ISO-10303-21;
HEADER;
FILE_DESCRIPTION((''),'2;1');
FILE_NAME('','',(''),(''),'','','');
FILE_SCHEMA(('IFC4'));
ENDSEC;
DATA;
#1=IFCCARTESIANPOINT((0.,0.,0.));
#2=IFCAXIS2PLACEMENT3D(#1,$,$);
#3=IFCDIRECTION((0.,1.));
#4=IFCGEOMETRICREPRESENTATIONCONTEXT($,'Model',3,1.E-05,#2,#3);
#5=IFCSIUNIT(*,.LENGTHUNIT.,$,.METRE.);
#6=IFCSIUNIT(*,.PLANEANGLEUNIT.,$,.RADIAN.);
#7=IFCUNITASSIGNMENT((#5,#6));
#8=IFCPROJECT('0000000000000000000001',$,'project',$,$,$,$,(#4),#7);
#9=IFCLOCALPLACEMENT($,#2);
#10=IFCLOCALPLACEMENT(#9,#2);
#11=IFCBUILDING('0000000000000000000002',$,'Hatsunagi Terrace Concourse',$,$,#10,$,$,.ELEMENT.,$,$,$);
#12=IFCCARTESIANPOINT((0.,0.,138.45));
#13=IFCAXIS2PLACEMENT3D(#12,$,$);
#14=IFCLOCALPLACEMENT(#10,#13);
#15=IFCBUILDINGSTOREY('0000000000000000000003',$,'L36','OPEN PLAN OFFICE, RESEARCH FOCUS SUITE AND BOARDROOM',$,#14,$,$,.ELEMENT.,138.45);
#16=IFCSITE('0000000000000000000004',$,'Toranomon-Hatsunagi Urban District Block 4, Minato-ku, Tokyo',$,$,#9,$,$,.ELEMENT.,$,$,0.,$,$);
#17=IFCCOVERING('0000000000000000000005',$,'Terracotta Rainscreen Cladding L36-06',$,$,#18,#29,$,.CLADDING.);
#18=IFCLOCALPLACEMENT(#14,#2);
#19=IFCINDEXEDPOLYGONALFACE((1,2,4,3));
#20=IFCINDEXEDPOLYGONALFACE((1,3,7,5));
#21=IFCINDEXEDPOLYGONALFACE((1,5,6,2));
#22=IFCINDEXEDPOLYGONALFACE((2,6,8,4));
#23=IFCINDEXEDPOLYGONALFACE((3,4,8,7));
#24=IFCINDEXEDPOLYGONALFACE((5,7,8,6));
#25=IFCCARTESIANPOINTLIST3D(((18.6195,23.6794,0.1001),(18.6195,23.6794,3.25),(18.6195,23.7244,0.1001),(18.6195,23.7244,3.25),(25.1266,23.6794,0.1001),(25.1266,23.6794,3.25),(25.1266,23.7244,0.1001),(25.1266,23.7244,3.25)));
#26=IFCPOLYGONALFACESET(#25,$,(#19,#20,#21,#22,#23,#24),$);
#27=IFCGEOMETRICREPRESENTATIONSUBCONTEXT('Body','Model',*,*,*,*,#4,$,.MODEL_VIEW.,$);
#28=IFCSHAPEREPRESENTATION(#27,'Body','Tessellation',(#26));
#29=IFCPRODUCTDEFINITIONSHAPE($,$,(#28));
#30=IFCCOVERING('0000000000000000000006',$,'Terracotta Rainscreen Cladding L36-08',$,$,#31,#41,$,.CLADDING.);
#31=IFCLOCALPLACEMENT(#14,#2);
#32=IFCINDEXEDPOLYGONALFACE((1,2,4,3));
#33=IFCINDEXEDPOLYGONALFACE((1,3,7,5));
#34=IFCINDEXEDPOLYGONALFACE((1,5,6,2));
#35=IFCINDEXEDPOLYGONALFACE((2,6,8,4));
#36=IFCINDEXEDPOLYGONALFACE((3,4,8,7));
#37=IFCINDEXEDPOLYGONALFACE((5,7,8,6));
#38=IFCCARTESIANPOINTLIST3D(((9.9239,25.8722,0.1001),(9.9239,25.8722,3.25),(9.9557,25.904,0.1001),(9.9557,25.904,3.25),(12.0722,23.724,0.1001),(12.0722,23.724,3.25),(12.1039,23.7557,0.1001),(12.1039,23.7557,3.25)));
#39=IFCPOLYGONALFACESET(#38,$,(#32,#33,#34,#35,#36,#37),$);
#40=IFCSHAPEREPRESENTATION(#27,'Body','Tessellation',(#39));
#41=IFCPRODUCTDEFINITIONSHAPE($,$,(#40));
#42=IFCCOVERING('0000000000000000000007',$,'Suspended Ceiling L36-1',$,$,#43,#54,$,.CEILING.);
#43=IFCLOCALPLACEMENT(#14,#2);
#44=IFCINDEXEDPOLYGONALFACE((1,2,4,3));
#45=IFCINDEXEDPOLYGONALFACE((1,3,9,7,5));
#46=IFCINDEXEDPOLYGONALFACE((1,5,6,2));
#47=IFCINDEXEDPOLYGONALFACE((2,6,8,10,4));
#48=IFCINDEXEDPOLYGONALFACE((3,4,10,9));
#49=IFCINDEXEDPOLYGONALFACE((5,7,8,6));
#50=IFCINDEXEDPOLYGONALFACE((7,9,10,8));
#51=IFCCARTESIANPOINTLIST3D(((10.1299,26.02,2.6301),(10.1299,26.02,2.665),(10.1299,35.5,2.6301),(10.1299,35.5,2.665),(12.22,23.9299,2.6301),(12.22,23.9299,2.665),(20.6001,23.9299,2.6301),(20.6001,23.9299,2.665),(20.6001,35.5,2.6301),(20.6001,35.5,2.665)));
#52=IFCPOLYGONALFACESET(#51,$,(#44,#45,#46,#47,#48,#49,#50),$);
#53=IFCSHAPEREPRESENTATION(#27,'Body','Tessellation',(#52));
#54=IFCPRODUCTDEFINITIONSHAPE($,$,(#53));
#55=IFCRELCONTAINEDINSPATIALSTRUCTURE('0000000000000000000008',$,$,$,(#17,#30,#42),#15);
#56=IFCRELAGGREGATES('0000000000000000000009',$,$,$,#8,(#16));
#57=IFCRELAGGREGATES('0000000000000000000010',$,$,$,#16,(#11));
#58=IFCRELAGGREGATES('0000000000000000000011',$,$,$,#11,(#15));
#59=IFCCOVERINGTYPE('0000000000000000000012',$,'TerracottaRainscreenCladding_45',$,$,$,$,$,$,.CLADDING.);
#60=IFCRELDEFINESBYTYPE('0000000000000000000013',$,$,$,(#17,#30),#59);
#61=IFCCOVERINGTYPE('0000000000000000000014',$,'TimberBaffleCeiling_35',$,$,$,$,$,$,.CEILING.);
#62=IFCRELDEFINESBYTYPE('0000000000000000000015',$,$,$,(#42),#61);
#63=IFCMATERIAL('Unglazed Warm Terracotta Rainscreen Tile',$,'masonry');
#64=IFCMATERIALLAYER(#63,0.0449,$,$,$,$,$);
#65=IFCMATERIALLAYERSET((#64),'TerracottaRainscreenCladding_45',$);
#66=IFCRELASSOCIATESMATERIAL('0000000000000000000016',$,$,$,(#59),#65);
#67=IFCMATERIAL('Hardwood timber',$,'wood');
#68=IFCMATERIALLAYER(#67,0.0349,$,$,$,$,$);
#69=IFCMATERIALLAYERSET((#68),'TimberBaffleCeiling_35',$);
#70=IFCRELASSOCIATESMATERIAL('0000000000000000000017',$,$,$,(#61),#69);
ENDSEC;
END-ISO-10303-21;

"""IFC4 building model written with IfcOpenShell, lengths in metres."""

from ifc_helpers import new_model, si_unit, direction, frame, origin, origin_2d, place, context, subcontext, project, spatial, polyline, rectangle, outline, extrude, material, layer, layer_set, type_object, element, save


model = new_model("IFC4")

# Units and contexts
model_context = context("Model", 3, precision=1e-05, world=origin(), true_north=direction((0.0, 1.0)))
body_context = subcontext(model_context, "Body", "Model", "MODEL_VIEW")
ifc_project = project(units=[si_unit("LENGTHUNIT", "METRE"), si_unit("PLANEANGLEUNIT", "RADIAN")], contexts=[model_context])

# Site, building, storey
site_placement = place(None, origin())
site = spatial("IfcSite", under=ifc_project, at=site_placement, Name="Toranomon-Hatsunagi Urban District Block 4, Minato-ku, Tokyo", CompositionType="ELEMENT", RefElevation=0.0)
building_placement = place(site_placement, origin())
building = spatial("IfcBuilding", under=site, at=building_placement, Name="Hatsunagi Terrace Concourse", CompositionType="ELEMENT")
storey_placement = place(building_placement, frame((0.0, 0.0, 138.45)))
storey = spatial("IfcBuildingStorey", under=building, at=storey_placement, Name="L36", Description="OPEN PLAN OFFICE, RESEARCH FOCUS SUITE AND BOARDROOM", CompositionType="ELEMENT", Elevation=138.45)

# Coverings
ifc_material_1 = material(Name="Unglazed Warm Terracotta Rainscreen Tile", Category="masonry")
ifc_layer_1 = layer(ifc_material_1, 0.0449)
ifc_layer_set_1 = layer_set([ifc_layer_1], Name="TerracottaRainscreenCladding_45")
covering_type_1 = type_object("IfcCoveringType", Name="TerracottaRainscreenCladding_45", PredefinedType="CLADDING", material=ifc_layer_set_1)
covering_1_placement = place(storey_placement, frame((21.873, 23.7019, 0.1001), z_axis=(0.0, 0.0, 1.0), x_axis=(-1.0, 0.0, 0.0)))
element("IfcCovering", 1, at=covering_1_placement, inside=storey, type_object=covering_type_1, Name="Terracotta Rainscreen Cladding L36-06", PredefinedType="CLADDING", context=body_context, shape_type="SweptSolid", body=[
    extrude(rectangle(XDim=6.5071, YDim=0.0449, at=origin_2d()), origin(), (0.0, 0.0, 1.0), 3.1499),
])
covering_2_placement = place(storey_placement, frame((11.0139, 24.814, 0.1001), z_axis=(0.0, 0.0, 1.0), x_axis=(-0.707107, 0.707107, 0.0)))
element("IfcCovering", 2, at=covering_2_placement, inside=storey, type_object=covering_type_1, Name="Terracotta Rainscreen Cladding L36-08", PredefinedType="CLADDING", context=body_context, shape_type="SweptSolid", body=[
    extrude(rectangle(XDim=3.0381, YDim=0.0449, at=origin_2d()), origin(), (0.0, 0.0, 1.0), 3.1499),
])
ifc_material_2 = material(Name="Hardwood timber", Category="wood")
ifc_layer_2 = layer(ifc_material_2, 0.0349)
ifc_layer_set_2 = layer_set([ifc_layer_2], Name="TimberBaffleCeiling_35")
covering_type_2 = type_object("IfcCoveringType", Name="TimberBaffleCeiling_35", PredefinedType="CEILING", material=ifc_layer_set_2)
covering_3_placement = place(storey_placement, frame((0.0, 0.0, 2.6301)))
element("IfcCovering", 3, at=covering_3_placement, inside=storey, type_object=covering_type_2, Name="Suspended Ceiling L36-1", PredefinedType="CEILING", context=body_context, shape_type="SweptSolid", body=[
    extrude(outline(polyline([(12.22, 23.9299), (20.6001, 23.9299), (20.6001, 35.5), (10.1299, 35.5), (10.1299, 26.02), (12.22, 23.9299)])), origin(), (0.0, 0.0, 1.0), 0.0349),
])

save(model, "model.ifc")
